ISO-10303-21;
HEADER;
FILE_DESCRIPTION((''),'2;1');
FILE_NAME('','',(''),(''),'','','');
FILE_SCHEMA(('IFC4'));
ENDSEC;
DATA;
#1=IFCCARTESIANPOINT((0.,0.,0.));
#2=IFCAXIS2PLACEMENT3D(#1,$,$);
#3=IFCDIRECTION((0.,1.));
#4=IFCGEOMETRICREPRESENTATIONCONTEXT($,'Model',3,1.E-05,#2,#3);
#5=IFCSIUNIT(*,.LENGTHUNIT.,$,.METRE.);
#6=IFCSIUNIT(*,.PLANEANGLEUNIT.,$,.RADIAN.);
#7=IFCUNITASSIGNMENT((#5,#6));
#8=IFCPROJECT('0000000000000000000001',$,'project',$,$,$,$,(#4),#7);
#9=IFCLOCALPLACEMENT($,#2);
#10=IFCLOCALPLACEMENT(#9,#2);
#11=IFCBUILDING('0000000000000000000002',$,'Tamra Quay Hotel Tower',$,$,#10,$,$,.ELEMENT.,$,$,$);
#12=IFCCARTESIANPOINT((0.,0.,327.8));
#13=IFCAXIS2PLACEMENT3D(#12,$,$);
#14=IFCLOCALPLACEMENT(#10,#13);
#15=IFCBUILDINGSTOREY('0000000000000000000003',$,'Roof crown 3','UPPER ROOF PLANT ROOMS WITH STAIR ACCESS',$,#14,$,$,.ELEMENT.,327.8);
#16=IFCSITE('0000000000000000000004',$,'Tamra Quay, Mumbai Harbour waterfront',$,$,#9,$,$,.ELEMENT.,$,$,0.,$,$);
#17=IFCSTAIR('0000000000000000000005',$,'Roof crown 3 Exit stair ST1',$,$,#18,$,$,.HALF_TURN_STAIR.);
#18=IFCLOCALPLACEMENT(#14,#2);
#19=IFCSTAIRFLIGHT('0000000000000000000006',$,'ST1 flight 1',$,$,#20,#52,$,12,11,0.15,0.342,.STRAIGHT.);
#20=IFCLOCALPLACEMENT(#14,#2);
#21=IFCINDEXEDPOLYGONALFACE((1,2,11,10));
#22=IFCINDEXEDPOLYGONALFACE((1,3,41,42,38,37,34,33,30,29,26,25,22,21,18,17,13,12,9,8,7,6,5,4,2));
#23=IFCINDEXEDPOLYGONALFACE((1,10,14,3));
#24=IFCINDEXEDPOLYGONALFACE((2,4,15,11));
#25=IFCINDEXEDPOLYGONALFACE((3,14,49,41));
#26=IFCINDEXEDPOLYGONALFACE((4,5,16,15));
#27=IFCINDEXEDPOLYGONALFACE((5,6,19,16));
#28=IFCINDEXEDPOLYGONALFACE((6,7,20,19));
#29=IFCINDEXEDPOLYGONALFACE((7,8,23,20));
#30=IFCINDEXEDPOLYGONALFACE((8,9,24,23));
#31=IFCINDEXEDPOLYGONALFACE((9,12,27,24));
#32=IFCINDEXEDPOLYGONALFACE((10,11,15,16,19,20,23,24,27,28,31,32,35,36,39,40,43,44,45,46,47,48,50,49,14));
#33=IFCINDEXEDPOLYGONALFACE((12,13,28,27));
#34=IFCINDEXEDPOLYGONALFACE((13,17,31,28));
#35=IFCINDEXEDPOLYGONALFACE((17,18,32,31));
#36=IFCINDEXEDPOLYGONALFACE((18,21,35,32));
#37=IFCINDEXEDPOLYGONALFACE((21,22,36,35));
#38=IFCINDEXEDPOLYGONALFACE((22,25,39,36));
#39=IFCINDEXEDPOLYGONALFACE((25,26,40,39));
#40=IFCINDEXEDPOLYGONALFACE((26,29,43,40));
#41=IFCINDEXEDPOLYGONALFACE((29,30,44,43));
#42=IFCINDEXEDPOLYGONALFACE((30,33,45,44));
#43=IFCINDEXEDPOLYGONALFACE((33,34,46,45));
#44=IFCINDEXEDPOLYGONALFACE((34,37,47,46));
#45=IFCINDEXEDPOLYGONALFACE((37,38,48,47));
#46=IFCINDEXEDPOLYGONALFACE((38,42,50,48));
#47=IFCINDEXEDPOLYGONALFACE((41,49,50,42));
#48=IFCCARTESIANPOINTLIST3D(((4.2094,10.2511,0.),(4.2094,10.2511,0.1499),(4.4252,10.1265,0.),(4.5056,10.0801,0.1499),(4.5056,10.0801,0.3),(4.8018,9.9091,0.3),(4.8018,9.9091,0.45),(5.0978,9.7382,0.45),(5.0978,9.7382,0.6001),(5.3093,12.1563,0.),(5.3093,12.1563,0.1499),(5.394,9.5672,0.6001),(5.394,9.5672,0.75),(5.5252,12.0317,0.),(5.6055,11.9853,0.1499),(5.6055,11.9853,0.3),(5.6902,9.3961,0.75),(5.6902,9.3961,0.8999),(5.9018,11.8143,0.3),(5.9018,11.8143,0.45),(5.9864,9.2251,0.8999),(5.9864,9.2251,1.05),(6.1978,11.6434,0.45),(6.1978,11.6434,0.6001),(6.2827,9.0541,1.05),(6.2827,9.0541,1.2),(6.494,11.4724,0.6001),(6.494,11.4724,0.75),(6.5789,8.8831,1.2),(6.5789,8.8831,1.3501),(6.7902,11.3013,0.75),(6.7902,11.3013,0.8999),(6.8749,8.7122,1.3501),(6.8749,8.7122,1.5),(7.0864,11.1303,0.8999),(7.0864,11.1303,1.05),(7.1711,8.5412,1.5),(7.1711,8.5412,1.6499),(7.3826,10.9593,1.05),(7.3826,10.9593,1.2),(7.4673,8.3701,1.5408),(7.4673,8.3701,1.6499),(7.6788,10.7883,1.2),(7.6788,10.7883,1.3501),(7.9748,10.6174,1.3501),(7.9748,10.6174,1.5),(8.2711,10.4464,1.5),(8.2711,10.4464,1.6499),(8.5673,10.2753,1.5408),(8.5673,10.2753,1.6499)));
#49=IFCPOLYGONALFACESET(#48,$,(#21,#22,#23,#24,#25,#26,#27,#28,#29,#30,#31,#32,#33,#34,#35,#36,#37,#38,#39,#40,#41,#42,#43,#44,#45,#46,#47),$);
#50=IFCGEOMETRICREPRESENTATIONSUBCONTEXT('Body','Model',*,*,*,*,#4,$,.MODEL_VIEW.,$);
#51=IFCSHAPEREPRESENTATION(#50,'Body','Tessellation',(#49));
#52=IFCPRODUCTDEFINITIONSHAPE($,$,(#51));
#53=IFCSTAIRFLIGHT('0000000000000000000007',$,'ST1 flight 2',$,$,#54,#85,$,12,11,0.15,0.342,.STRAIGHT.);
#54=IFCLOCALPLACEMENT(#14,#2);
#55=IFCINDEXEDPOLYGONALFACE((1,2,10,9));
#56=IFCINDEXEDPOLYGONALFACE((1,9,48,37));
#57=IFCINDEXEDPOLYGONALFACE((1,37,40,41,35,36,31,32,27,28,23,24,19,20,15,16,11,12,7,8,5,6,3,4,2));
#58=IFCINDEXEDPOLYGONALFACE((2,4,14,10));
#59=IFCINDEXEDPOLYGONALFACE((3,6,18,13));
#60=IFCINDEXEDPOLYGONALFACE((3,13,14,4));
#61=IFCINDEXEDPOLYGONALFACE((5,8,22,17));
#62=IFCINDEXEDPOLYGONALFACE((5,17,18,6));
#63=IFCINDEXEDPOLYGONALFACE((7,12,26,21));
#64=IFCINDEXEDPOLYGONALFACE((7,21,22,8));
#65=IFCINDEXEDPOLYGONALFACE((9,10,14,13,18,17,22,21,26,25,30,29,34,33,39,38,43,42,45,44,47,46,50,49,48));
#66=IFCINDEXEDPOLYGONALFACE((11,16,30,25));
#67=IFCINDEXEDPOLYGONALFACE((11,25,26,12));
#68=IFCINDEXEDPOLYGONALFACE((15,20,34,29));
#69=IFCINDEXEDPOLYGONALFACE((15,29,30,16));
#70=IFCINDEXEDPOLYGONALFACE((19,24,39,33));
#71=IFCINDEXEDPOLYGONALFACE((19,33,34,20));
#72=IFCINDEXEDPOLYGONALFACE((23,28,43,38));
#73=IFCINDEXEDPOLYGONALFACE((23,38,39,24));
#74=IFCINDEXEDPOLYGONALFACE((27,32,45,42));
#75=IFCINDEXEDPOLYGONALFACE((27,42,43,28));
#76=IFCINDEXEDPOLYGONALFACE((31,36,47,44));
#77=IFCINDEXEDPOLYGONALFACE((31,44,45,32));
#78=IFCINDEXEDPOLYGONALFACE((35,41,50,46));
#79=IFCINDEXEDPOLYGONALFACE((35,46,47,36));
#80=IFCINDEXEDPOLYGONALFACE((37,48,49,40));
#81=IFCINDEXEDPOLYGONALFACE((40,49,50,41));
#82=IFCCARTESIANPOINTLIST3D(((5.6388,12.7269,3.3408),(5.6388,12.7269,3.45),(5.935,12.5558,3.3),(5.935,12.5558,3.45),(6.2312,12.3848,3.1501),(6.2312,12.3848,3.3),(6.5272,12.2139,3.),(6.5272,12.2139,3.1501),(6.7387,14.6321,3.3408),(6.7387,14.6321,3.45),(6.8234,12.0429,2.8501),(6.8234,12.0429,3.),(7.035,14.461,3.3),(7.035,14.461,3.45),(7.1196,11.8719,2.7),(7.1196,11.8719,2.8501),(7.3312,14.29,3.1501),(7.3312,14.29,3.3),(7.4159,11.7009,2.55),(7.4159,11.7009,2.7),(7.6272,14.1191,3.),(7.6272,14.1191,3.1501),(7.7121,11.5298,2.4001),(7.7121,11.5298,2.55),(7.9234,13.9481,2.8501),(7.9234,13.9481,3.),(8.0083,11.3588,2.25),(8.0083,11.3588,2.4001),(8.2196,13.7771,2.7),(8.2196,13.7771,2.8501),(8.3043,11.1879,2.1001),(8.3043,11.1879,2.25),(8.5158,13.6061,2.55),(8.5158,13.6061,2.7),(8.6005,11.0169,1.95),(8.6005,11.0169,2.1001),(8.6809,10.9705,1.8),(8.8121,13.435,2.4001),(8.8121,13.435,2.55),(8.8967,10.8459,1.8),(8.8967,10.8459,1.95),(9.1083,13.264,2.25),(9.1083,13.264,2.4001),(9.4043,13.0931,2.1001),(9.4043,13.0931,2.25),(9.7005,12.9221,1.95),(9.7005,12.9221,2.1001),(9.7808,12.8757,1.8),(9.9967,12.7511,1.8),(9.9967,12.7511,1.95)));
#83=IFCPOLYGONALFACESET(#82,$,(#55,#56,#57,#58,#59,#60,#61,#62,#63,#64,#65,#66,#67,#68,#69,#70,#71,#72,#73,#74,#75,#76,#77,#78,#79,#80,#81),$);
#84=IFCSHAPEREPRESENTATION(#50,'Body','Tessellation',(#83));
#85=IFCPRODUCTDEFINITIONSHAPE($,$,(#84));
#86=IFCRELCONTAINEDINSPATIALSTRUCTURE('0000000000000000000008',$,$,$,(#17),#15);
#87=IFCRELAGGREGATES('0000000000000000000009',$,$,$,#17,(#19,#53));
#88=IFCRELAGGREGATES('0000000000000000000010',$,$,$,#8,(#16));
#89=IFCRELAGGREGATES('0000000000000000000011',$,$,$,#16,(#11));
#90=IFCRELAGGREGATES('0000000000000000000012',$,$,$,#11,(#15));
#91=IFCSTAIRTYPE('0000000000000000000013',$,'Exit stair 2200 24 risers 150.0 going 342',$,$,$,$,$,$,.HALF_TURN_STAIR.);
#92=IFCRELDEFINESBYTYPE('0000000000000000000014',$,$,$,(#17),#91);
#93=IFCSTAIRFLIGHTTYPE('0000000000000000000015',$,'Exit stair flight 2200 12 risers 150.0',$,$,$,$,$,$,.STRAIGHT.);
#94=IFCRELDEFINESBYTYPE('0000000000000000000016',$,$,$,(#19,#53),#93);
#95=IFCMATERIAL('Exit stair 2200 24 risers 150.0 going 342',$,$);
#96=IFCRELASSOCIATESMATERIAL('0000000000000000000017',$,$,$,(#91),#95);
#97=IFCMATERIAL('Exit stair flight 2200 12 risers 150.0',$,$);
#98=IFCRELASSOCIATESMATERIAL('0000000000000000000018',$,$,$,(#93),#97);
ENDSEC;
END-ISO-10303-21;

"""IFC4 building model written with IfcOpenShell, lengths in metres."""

from ifc_helpers import new_model, si_unit, direction, frame, origin, place, context, subcontext, project, spatial, polyline, outline, extrude, material, type_object, element, aggregate, save


model = new_model("IFC4")

# Units and contexts
model_context = context("Model", 3, precision=1e-05, world=origin(), true_north=direction((0.0, 1.0)))
body_context = subcontext(model_context, "Body", "Model", "MODEL_VIEW")
ifc_project = project(units=[si_unit("LENGTHUNIT", "METRE"), si_unit("PLANEANGLEUNIT", "RADIAN")], contexts=[model_context])

# Site, building, storey
site_placement = place(None, origin())
site = spatial("IfcSite", under=ifc_project, at=site_placement, Name="Tamra Quay, Mumbai Harbour waterfront", CompositionType="ELEMENT", RefElevation=0.0)
building_placement = place(site_placement, origin())
building = spatial("IfcBuilding", under=site, at=building_placement, Name="Tamra Quay Hotel Tower", CompositionType="ELEMENT")
storey_placement = place(building_placement, frame((0.0, 0.0, 327.8)))
storey = spatial("IfcBuildingStorey", under=building, at=storey_placement, Name="Roof crown 3", Description="UPPER ROOF PLANT ROOMS WITH STAIR ACCESS", CompositionType="ELEMENT", Elevation=327.8)

# Shared definitions
ifc_material_1 = material(Name="Exit stair 2200 24 risers 150.0 going 342")
stair_type = type_object("IfcStairType", Name="Exit stair 2200 24 risers 150.0 going 342", PredefinedType="HALF_TURN_STAIR", material=ifc_material_1)

# Stair, stair flights
stair_1_placement = place(storey_placement, origin())
stair_1 = element("IfcStair", 1, at=stair_1_placement, inside=storey, type_object=stair_type, Name="Roof crown 3 Exit stair ST1", PredefinedType="HALF_TURN_STAIR")
ifc_material_2 = material(Name="Exit stair flight 2200 12 risers 150.0")
stair_flight_type = type_object("IfcStairFlightType", Name="Exit stair flight 2200 12 risers 150.0", PredefinedType="STRAIGHT", material=ifc_material_2)
stair_flight_1_placement = place(storey_placement, frame((4.7593, 11.2036, 0.0), z_axis=(0.0, 0.0, 1.0), x_axis=(0.866025, -0.5, 0.0)))
stair_flight_1 = element("IfcStairFlight", 2, at=stair_flight_1_placement, type_object=stair_flight_type, Name="ST1 flight 1", NumberOfRisers=12, NumberOfTreads=11, PredefinedType="STRAIGHT", RiserHeight=0.15, TreadLength=0.342, context=body_context, shape_type="SweptSolid", body=[
    extrude(outline(polyline([(0.0, 0.0), (0.0, 0.1499), (0.342, 0.1499), (0.342, 0.3), (0.6841, 0.3), (0.6841, 0.45), (1.0259, 0.45), (1.0259, 0.6001), (1.3679, 0.6001), (1.3679, 0.75), (1.71, 0.75), (1.71, 0.8999), (2.052, 0.8999), (2.052, 1.05), (2.394, 1.05), (2.394, 1.2), (2.7361, 1.2), (2.7361, 1.3501), (3.0779, 1.3501), (3.0779, 1.5), (3.4199, 1.5), (3.4199, 1.6499), (3.762, 1.6499), (3.762, 1.8), (3.762, 1.5408), (0.2493, 0.0), (0.0, 0.0)])), frame((0.0, 1.1001, 0.0), z_axis=(0.0, -1.0, 0.0), x_axis=(1.0, 0.0, 0.0)), (0.0, 0.0, 1.0), 2.2),
])
stair_flight_2_placement = place(storey_placement, frame((9.4468, 11.7986, 1.8), z_axis=(0.0, 0.0, 1.0), x_axis=(-0.866025, 0.5, 0.0)))
stair_flight_2 = element("IfcStairFlight", 3, at=stair_flight_2_placement, type_object=stair_flight_type, Name="ST1 flight 2", NumberOfRisers=12, NumberOfTreads=11, PredefinedType="STRAIGHT", RiserHeight=0.15, TreadLength=0.342, context=body_context, shape_type="SweptSolid", body=[
    extrude(outline(polyline([(0.0, 0.0), (0.0, 0.1499), (0.342, 0.1499), (0.342, 0.3), (0.6841, 0.3), (0.6841, 0.45), (1.0259, 0.45), (1.0259, 0.6001), (1.3679, 0.6001), (1.3679, 0.75), (1.71, 0.75), (1.71, 0.8999), (2.052, 0.8999), (2.052, 1.05), (2.394, 1.05), (2.394, 1.2), (2.7361, 1.2), (2.7361, 1.3501), (3.0779, 1.3501), (3.0779, 1.5), (3.4199, 1.5), (3.4199, 1.6499), (3.762, 1.6499), (3.762, 1.8), (3.762, 1.5408), (0.2493, 0.0), (0.0, 0.0)])), frame((0.0, 1.1001, 0.0), z_axis=(0.0, -1.0, 0.0), x_axis=(1.0, 0.0, 0.0)), (0.0, 0.0, 1.0), 2.2),
])
aggregate(stair_1, [stair_flight_1, stair_flight_2])

save(model, "model.ifc")
